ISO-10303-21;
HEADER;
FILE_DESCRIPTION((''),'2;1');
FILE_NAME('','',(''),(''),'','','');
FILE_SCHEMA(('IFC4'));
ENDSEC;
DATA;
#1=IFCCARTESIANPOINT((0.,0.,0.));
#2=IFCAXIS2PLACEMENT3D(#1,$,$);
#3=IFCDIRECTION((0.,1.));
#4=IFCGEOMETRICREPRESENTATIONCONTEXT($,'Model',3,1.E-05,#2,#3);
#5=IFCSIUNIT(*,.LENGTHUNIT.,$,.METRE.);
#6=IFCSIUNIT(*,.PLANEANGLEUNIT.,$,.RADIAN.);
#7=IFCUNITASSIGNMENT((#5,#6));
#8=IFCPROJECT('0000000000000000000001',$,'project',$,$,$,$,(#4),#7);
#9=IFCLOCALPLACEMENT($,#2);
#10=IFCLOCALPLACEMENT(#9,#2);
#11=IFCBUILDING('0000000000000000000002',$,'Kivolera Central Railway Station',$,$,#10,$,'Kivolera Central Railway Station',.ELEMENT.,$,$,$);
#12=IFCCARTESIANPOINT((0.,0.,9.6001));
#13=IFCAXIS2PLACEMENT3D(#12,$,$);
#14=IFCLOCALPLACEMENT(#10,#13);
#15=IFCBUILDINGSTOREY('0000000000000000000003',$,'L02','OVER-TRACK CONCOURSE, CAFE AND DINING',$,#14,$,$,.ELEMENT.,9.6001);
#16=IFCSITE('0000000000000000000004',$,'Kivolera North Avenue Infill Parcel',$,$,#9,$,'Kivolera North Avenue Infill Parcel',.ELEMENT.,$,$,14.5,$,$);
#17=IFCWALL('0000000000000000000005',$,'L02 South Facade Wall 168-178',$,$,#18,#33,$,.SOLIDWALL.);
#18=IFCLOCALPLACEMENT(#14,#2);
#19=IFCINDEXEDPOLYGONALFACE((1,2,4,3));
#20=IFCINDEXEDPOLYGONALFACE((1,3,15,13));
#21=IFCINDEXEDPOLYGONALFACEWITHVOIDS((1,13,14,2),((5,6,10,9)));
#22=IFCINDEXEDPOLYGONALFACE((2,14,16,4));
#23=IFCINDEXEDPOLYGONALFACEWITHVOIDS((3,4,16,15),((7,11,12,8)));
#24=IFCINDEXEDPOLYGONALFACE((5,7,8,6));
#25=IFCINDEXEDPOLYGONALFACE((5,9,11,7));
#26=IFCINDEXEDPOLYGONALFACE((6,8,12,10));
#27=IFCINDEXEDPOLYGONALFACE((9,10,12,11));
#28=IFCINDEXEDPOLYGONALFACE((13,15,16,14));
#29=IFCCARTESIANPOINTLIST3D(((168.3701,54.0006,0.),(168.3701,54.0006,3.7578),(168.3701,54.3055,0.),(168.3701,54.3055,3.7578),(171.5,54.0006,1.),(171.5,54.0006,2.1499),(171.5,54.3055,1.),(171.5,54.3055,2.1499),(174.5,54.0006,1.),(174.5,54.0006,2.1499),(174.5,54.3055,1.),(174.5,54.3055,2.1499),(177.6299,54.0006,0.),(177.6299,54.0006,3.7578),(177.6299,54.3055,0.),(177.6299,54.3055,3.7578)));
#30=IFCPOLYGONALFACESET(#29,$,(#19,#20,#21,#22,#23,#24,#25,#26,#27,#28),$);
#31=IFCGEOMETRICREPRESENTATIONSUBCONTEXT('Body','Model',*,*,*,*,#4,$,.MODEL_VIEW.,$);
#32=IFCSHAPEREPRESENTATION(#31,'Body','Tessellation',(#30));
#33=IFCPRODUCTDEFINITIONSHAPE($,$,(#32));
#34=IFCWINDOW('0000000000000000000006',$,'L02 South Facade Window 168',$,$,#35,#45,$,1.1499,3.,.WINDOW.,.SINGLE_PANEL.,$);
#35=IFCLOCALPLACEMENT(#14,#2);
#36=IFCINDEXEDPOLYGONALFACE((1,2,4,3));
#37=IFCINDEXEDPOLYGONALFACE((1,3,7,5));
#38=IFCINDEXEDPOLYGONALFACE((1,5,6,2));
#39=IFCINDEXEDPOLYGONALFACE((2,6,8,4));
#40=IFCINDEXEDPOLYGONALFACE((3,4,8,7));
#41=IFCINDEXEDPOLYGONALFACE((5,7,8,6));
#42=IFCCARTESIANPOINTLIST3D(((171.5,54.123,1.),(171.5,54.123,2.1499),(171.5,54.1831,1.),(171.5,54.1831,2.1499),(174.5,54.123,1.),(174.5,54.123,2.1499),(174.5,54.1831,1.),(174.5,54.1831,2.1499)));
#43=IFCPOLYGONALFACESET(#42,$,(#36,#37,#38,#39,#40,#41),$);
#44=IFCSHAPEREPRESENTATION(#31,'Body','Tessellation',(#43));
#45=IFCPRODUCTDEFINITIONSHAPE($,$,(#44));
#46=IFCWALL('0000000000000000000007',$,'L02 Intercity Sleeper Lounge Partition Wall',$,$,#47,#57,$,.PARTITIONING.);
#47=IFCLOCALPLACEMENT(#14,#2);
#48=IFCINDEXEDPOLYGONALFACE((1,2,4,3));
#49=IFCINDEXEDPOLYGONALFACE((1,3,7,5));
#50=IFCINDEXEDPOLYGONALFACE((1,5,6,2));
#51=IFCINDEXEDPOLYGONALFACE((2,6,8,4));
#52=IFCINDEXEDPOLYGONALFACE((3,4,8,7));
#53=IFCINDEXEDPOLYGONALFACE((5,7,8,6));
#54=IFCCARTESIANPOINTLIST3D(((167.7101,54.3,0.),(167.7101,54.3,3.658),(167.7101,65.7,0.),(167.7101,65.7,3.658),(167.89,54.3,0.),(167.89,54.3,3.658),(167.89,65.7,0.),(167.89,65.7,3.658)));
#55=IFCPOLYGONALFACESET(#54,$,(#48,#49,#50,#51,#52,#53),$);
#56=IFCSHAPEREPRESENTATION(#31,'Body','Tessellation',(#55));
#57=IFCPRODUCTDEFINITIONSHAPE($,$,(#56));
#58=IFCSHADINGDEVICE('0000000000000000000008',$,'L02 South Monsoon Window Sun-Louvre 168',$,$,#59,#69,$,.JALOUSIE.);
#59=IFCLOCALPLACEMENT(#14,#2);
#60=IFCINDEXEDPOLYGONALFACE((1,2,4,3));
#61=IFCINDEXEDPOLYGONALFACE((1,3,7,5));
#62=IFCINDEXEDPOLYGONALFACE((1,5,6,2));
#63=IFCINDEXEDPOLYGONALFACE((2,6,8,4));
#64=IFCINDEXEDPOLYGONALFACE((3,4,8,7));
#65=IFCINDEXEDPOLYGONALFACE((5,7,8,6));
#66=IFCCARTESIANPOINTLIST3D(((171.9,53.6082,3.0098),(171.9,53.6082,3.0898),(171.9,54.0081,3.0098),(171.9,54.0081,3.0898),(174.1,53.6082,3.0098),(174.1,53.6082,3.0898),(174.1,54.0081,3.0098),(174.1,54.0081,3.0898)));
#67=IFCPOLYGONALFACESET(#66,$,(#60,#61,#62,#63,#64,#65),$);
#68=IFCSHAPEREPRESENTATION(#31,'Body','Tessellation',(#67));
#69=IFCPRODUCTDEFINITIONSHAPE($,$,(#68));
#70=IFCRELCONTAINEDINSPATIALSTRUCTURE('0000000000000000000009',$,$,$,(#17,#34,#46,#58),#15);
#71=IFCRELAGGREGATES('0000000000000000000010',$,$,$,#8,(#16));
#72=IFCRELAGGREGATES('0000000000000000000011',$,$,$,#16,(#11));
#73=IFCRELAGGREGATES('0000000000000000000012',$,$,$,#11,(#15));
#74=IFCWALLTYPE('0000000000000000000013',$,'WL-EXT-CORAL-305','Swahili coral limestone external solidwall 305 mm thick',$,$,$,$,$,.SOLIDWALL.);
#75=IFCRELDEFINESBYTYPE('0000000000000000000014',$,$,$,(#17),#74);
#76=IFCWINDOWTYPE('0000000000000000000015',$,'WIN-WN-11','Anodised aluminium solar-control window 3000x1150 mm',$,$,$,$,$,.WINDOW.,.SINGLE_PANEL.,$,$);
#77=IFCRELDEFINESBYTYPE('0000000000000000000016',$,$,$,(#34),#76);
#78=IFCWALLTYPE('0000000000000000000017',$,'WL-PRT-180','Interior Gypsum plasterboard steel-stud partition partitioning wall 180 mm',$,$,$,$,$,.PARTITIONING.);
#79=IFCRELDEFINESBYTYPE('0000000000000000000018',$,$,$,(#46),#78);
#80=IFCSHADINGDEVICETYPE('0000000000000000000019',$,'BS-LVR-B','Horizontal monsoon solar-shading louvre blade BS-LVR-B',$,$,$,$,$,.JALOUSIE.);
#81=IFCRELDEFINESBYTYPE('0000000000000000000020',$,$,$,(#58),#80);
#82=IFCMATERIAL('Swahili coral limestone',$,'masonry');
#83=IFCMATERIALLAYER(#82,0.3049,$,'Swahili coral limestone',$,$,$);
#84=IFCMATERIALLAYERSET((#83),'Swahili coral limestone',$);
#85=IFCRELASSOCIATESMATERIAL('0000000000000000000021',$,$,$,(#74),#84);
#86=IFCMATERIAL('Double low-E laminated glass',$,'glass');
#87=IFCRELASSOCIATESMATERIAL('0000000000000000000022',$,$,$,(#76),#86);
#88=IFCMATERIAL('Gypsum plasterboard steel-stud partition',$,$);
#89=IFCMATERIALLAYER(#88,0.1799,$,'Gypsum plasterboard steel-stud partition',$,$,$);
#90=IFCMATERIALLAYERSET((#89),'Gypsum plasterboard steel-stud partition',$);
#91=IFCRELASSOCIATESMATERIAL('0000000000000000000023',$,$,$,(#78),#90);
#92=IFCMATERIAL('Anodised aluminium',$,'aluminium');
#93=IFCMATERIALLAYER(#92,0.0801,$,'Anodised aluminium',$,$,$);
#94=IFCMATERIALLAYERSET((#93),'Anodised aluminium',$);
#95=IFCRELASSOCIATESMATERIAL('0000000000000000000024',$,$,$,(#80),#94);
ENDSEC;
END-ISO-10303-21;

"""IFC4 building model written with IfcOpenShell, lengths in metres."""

from ifc_helpers import new_model, si_unit, direction, frame, frame_2d, origin, origin_2d, place, context, subcontext, project, spatial, rectangle, extrude, material, layer, layer_set, type_object, element, fill, save


model = new_model("IFC4")

# Units and contexts
model_context = context("Model", 3, precision=1e-05, world=origin(), true_north=direction((0.0, 1.0)))
body_context = subcontext(model_context, "Body", "Model", "MODEL_VIEW")
ifc_project = project(units=[si_unit("LENGTHUNIT", "METRE"), si_unit("PLANEANGLEUNIT", "RADIAN")], contexts=[model_context])

# Site, building, storey
site_placement = place(None, origin())
site = spatial("IfcSite", under=ifc_project, at=site_placement, Name="Kivolera North Avenue Infill Parcel", LongName="Kivolera North Avenue Infill Parcel", CompositionType="ELEMENT", RefElevation=14.5)
building_placement = place(site_placement, origin())
building = spatial("IfcBuilding", under=site, at=building_placement, Name="Kivolera Central Railway Station", LongName="Kivolera Central Railway Station", CompositionType="ELEMENT")
storey_placement = place(building_placement, frame((0.0, 0.0, 9.6001)))
storey = spatial("IfcBuildingStorey", under=building, at=storey_placement, Name="L02", Description="OVER-TRACK CONCOURSE, CAFE AND DINING", CompositionType="ELEMENT", Elevation=9.6001)

# Shared definitions
ifc_material_1 = material(Name="Swahili coral limestone", Category="masonry")

# Wall, opening, window
ifc_layer_1 = layer(ifc_material_1, 0.3049, Name="Swahili coral limestone")
ifc_layer_set_1 = layer_set([ifc_layer_1], Name="Swahili coral limestone")
wall_type_1 = type_object("IfcWallType", Name="WL-EXT-CORAL-305", Description="Swahili coral limestone external solidwall 305 mm thick", PredefinedType="SOLIDWALL", material=ifc_layer_set_1)
ifc_material_2 = material(Name="Double low-E laminated glass", Category="glass")
wall_1_placement = place(storey_placement, frame((177.6299, 54.1531, 0.0), z_axis=(0.0, 0.0, 1.0), x_axis=(-1.0, 0.0, 0.0)))
wall_1 = element("IfcWall", 1, at=wall_1_placement, inside=storey, type_object=wall_type_1, Name="L02 South Facade Wall 168-178", PredefinedType="SOLIDWALL", context=body_context, shape_type="SweptSolid", body=[
    extrude(rectangle(XDim=9.2598, YDim=0.3049, at=frame_2d((4.6299, 0.0))), origin(), (0.0, 0.0, 1.0), 3.7578),
])
opening_1_placement = place(wall_1_placement, frame((3.1299, 0.0, 1.0)))
opening_1 = element("IfcOpeningElement", 2, at=opening_1_placement, cuts=wall_1, PredefinedType="OPENING", context=body_context, shape_type="SweptSolid", body=[
    extrude(rectangle(XDim=3.0, YDim=1.1499, at=frame_2d((1.5, 0.575))), frame((0.0, 0.1624, 0.0), z_axis=(0.0, -1.0, 0.0), x_axis=(1.0, 0.0, 0.0)), (0.0, 0.0, 1.0), 0.325),
])
window_type_1 = type_object("IfcWindowType", Name="WIN-WN-11", Description="Anodised aluminium solar-control window 3000x1150 mm", PartitioningType="SINGLE_PANEL", PredefinedType="WINDOW", material=ifc_material_2)
window_1_placement = place(opening_1_placement, origin())
window_1 = element("IfcWindow", 3, at=window_1_placement, inside=storey, type_object=window_type_1, Name="L02 South Facade Window 168", OverallHeight=1.1499, OverallWidth=3.0, PartitioningType="SINGLE_PANEL", PredefinedType="WINDOW", context=body_context, shape_type="SweptSolid", body=[
    extrude(rectangle(XDim=3.0, YDim=1.1499, at=frame_2d((1.5, 0.575))), frame((0.0, 0.03, 0.0), z_axis=(0.0, -1.0, 0.0), x_axis=(1.0, 0.0, 0.0)), (0.0, 0.0, 1.0), 0.0601),
])
fill(opening_1, window_1)

# Wall
ifc_material_3 = material(Name="Gypsum plasterboard steel-stud partition")
ifc_layer_2 = layer(ifc_material_3, 0.1799, Name="Gypsum plasterboard steel-stud partition")
ifc_layer_set_2 = layer_set([ifc_layer_2], Name="Gypsum plasterboard steel-stud partition")
wall_type_2 = type_object("IfcWallType", Name="WL-PRT-180", Description="Interior Gypsum plasterboard steel-stud partition partitioning wall 180 mm", PredefinedType="PARTITIONING", material=ifc_layer_set_2)
wall_2_placement = place(storey_placement, frame((167.8, 54.3, 0.0), z_axis=(0.0, 0.0, 1.0), x_axis=(0.0, 1.0, 0.0)))
element("IfcWall", 4, at=wall_2_placement, inside=storey, type_object=wall_type_2, Name="L02 Intercity Sleeper Lounge Partition Wall", PredefinedType="PARTITIONING", context=body_context, shape_type="SweptSolid", body=[
    extrude(rectangle(XDim=11.3999, YDim=0.1799, at=frame_2d((5.7, 0.0))), origin(), (0.0, 0.0, 1.0), 3.658),
])

# Shading device
ifc_material_4 = material(Name="Anodised aluminium", Category="aluminium")
ifc_layer_3 = layer(ifc_material_4, 0.0801, Name="Anodised aluminium")
ifc_layer_set_3 = layer_set([ifc_layer_3], Name="Anodised aluminium")
shading_device_type = type_object("IfcShadingDeviceType", Name="BS-LVR-B", Description="Horizontal monsoon solar-shading louvre blade BS-LVR-B", PredefinedType="JALOUSIE", material=ifc_layer_set_3)
shading_device_placement = place(storey_placement, frame((173.0, 53.8081, 3.0098), z_axis=(0.0, 0.0, 1.0), x_axis=(1.0, 0.0, 0.0)))
element("IfcShadingDevice", 5, at=shading_device_placement, inside=storey, type_object=shading_device_type, Name="L02 South Monsoon Window Sun-Louvre 168", PredefinedType="JALOUSIE", context=body_context, shape_type="SweptSolid", body=[
    extrude(rectangle(XDim=2.2, YDim=0.3999, at=origin_2d()), origin(), (0.0, 0.0, 1.0), 0.0801),
])

save(model, "model.ifc")
